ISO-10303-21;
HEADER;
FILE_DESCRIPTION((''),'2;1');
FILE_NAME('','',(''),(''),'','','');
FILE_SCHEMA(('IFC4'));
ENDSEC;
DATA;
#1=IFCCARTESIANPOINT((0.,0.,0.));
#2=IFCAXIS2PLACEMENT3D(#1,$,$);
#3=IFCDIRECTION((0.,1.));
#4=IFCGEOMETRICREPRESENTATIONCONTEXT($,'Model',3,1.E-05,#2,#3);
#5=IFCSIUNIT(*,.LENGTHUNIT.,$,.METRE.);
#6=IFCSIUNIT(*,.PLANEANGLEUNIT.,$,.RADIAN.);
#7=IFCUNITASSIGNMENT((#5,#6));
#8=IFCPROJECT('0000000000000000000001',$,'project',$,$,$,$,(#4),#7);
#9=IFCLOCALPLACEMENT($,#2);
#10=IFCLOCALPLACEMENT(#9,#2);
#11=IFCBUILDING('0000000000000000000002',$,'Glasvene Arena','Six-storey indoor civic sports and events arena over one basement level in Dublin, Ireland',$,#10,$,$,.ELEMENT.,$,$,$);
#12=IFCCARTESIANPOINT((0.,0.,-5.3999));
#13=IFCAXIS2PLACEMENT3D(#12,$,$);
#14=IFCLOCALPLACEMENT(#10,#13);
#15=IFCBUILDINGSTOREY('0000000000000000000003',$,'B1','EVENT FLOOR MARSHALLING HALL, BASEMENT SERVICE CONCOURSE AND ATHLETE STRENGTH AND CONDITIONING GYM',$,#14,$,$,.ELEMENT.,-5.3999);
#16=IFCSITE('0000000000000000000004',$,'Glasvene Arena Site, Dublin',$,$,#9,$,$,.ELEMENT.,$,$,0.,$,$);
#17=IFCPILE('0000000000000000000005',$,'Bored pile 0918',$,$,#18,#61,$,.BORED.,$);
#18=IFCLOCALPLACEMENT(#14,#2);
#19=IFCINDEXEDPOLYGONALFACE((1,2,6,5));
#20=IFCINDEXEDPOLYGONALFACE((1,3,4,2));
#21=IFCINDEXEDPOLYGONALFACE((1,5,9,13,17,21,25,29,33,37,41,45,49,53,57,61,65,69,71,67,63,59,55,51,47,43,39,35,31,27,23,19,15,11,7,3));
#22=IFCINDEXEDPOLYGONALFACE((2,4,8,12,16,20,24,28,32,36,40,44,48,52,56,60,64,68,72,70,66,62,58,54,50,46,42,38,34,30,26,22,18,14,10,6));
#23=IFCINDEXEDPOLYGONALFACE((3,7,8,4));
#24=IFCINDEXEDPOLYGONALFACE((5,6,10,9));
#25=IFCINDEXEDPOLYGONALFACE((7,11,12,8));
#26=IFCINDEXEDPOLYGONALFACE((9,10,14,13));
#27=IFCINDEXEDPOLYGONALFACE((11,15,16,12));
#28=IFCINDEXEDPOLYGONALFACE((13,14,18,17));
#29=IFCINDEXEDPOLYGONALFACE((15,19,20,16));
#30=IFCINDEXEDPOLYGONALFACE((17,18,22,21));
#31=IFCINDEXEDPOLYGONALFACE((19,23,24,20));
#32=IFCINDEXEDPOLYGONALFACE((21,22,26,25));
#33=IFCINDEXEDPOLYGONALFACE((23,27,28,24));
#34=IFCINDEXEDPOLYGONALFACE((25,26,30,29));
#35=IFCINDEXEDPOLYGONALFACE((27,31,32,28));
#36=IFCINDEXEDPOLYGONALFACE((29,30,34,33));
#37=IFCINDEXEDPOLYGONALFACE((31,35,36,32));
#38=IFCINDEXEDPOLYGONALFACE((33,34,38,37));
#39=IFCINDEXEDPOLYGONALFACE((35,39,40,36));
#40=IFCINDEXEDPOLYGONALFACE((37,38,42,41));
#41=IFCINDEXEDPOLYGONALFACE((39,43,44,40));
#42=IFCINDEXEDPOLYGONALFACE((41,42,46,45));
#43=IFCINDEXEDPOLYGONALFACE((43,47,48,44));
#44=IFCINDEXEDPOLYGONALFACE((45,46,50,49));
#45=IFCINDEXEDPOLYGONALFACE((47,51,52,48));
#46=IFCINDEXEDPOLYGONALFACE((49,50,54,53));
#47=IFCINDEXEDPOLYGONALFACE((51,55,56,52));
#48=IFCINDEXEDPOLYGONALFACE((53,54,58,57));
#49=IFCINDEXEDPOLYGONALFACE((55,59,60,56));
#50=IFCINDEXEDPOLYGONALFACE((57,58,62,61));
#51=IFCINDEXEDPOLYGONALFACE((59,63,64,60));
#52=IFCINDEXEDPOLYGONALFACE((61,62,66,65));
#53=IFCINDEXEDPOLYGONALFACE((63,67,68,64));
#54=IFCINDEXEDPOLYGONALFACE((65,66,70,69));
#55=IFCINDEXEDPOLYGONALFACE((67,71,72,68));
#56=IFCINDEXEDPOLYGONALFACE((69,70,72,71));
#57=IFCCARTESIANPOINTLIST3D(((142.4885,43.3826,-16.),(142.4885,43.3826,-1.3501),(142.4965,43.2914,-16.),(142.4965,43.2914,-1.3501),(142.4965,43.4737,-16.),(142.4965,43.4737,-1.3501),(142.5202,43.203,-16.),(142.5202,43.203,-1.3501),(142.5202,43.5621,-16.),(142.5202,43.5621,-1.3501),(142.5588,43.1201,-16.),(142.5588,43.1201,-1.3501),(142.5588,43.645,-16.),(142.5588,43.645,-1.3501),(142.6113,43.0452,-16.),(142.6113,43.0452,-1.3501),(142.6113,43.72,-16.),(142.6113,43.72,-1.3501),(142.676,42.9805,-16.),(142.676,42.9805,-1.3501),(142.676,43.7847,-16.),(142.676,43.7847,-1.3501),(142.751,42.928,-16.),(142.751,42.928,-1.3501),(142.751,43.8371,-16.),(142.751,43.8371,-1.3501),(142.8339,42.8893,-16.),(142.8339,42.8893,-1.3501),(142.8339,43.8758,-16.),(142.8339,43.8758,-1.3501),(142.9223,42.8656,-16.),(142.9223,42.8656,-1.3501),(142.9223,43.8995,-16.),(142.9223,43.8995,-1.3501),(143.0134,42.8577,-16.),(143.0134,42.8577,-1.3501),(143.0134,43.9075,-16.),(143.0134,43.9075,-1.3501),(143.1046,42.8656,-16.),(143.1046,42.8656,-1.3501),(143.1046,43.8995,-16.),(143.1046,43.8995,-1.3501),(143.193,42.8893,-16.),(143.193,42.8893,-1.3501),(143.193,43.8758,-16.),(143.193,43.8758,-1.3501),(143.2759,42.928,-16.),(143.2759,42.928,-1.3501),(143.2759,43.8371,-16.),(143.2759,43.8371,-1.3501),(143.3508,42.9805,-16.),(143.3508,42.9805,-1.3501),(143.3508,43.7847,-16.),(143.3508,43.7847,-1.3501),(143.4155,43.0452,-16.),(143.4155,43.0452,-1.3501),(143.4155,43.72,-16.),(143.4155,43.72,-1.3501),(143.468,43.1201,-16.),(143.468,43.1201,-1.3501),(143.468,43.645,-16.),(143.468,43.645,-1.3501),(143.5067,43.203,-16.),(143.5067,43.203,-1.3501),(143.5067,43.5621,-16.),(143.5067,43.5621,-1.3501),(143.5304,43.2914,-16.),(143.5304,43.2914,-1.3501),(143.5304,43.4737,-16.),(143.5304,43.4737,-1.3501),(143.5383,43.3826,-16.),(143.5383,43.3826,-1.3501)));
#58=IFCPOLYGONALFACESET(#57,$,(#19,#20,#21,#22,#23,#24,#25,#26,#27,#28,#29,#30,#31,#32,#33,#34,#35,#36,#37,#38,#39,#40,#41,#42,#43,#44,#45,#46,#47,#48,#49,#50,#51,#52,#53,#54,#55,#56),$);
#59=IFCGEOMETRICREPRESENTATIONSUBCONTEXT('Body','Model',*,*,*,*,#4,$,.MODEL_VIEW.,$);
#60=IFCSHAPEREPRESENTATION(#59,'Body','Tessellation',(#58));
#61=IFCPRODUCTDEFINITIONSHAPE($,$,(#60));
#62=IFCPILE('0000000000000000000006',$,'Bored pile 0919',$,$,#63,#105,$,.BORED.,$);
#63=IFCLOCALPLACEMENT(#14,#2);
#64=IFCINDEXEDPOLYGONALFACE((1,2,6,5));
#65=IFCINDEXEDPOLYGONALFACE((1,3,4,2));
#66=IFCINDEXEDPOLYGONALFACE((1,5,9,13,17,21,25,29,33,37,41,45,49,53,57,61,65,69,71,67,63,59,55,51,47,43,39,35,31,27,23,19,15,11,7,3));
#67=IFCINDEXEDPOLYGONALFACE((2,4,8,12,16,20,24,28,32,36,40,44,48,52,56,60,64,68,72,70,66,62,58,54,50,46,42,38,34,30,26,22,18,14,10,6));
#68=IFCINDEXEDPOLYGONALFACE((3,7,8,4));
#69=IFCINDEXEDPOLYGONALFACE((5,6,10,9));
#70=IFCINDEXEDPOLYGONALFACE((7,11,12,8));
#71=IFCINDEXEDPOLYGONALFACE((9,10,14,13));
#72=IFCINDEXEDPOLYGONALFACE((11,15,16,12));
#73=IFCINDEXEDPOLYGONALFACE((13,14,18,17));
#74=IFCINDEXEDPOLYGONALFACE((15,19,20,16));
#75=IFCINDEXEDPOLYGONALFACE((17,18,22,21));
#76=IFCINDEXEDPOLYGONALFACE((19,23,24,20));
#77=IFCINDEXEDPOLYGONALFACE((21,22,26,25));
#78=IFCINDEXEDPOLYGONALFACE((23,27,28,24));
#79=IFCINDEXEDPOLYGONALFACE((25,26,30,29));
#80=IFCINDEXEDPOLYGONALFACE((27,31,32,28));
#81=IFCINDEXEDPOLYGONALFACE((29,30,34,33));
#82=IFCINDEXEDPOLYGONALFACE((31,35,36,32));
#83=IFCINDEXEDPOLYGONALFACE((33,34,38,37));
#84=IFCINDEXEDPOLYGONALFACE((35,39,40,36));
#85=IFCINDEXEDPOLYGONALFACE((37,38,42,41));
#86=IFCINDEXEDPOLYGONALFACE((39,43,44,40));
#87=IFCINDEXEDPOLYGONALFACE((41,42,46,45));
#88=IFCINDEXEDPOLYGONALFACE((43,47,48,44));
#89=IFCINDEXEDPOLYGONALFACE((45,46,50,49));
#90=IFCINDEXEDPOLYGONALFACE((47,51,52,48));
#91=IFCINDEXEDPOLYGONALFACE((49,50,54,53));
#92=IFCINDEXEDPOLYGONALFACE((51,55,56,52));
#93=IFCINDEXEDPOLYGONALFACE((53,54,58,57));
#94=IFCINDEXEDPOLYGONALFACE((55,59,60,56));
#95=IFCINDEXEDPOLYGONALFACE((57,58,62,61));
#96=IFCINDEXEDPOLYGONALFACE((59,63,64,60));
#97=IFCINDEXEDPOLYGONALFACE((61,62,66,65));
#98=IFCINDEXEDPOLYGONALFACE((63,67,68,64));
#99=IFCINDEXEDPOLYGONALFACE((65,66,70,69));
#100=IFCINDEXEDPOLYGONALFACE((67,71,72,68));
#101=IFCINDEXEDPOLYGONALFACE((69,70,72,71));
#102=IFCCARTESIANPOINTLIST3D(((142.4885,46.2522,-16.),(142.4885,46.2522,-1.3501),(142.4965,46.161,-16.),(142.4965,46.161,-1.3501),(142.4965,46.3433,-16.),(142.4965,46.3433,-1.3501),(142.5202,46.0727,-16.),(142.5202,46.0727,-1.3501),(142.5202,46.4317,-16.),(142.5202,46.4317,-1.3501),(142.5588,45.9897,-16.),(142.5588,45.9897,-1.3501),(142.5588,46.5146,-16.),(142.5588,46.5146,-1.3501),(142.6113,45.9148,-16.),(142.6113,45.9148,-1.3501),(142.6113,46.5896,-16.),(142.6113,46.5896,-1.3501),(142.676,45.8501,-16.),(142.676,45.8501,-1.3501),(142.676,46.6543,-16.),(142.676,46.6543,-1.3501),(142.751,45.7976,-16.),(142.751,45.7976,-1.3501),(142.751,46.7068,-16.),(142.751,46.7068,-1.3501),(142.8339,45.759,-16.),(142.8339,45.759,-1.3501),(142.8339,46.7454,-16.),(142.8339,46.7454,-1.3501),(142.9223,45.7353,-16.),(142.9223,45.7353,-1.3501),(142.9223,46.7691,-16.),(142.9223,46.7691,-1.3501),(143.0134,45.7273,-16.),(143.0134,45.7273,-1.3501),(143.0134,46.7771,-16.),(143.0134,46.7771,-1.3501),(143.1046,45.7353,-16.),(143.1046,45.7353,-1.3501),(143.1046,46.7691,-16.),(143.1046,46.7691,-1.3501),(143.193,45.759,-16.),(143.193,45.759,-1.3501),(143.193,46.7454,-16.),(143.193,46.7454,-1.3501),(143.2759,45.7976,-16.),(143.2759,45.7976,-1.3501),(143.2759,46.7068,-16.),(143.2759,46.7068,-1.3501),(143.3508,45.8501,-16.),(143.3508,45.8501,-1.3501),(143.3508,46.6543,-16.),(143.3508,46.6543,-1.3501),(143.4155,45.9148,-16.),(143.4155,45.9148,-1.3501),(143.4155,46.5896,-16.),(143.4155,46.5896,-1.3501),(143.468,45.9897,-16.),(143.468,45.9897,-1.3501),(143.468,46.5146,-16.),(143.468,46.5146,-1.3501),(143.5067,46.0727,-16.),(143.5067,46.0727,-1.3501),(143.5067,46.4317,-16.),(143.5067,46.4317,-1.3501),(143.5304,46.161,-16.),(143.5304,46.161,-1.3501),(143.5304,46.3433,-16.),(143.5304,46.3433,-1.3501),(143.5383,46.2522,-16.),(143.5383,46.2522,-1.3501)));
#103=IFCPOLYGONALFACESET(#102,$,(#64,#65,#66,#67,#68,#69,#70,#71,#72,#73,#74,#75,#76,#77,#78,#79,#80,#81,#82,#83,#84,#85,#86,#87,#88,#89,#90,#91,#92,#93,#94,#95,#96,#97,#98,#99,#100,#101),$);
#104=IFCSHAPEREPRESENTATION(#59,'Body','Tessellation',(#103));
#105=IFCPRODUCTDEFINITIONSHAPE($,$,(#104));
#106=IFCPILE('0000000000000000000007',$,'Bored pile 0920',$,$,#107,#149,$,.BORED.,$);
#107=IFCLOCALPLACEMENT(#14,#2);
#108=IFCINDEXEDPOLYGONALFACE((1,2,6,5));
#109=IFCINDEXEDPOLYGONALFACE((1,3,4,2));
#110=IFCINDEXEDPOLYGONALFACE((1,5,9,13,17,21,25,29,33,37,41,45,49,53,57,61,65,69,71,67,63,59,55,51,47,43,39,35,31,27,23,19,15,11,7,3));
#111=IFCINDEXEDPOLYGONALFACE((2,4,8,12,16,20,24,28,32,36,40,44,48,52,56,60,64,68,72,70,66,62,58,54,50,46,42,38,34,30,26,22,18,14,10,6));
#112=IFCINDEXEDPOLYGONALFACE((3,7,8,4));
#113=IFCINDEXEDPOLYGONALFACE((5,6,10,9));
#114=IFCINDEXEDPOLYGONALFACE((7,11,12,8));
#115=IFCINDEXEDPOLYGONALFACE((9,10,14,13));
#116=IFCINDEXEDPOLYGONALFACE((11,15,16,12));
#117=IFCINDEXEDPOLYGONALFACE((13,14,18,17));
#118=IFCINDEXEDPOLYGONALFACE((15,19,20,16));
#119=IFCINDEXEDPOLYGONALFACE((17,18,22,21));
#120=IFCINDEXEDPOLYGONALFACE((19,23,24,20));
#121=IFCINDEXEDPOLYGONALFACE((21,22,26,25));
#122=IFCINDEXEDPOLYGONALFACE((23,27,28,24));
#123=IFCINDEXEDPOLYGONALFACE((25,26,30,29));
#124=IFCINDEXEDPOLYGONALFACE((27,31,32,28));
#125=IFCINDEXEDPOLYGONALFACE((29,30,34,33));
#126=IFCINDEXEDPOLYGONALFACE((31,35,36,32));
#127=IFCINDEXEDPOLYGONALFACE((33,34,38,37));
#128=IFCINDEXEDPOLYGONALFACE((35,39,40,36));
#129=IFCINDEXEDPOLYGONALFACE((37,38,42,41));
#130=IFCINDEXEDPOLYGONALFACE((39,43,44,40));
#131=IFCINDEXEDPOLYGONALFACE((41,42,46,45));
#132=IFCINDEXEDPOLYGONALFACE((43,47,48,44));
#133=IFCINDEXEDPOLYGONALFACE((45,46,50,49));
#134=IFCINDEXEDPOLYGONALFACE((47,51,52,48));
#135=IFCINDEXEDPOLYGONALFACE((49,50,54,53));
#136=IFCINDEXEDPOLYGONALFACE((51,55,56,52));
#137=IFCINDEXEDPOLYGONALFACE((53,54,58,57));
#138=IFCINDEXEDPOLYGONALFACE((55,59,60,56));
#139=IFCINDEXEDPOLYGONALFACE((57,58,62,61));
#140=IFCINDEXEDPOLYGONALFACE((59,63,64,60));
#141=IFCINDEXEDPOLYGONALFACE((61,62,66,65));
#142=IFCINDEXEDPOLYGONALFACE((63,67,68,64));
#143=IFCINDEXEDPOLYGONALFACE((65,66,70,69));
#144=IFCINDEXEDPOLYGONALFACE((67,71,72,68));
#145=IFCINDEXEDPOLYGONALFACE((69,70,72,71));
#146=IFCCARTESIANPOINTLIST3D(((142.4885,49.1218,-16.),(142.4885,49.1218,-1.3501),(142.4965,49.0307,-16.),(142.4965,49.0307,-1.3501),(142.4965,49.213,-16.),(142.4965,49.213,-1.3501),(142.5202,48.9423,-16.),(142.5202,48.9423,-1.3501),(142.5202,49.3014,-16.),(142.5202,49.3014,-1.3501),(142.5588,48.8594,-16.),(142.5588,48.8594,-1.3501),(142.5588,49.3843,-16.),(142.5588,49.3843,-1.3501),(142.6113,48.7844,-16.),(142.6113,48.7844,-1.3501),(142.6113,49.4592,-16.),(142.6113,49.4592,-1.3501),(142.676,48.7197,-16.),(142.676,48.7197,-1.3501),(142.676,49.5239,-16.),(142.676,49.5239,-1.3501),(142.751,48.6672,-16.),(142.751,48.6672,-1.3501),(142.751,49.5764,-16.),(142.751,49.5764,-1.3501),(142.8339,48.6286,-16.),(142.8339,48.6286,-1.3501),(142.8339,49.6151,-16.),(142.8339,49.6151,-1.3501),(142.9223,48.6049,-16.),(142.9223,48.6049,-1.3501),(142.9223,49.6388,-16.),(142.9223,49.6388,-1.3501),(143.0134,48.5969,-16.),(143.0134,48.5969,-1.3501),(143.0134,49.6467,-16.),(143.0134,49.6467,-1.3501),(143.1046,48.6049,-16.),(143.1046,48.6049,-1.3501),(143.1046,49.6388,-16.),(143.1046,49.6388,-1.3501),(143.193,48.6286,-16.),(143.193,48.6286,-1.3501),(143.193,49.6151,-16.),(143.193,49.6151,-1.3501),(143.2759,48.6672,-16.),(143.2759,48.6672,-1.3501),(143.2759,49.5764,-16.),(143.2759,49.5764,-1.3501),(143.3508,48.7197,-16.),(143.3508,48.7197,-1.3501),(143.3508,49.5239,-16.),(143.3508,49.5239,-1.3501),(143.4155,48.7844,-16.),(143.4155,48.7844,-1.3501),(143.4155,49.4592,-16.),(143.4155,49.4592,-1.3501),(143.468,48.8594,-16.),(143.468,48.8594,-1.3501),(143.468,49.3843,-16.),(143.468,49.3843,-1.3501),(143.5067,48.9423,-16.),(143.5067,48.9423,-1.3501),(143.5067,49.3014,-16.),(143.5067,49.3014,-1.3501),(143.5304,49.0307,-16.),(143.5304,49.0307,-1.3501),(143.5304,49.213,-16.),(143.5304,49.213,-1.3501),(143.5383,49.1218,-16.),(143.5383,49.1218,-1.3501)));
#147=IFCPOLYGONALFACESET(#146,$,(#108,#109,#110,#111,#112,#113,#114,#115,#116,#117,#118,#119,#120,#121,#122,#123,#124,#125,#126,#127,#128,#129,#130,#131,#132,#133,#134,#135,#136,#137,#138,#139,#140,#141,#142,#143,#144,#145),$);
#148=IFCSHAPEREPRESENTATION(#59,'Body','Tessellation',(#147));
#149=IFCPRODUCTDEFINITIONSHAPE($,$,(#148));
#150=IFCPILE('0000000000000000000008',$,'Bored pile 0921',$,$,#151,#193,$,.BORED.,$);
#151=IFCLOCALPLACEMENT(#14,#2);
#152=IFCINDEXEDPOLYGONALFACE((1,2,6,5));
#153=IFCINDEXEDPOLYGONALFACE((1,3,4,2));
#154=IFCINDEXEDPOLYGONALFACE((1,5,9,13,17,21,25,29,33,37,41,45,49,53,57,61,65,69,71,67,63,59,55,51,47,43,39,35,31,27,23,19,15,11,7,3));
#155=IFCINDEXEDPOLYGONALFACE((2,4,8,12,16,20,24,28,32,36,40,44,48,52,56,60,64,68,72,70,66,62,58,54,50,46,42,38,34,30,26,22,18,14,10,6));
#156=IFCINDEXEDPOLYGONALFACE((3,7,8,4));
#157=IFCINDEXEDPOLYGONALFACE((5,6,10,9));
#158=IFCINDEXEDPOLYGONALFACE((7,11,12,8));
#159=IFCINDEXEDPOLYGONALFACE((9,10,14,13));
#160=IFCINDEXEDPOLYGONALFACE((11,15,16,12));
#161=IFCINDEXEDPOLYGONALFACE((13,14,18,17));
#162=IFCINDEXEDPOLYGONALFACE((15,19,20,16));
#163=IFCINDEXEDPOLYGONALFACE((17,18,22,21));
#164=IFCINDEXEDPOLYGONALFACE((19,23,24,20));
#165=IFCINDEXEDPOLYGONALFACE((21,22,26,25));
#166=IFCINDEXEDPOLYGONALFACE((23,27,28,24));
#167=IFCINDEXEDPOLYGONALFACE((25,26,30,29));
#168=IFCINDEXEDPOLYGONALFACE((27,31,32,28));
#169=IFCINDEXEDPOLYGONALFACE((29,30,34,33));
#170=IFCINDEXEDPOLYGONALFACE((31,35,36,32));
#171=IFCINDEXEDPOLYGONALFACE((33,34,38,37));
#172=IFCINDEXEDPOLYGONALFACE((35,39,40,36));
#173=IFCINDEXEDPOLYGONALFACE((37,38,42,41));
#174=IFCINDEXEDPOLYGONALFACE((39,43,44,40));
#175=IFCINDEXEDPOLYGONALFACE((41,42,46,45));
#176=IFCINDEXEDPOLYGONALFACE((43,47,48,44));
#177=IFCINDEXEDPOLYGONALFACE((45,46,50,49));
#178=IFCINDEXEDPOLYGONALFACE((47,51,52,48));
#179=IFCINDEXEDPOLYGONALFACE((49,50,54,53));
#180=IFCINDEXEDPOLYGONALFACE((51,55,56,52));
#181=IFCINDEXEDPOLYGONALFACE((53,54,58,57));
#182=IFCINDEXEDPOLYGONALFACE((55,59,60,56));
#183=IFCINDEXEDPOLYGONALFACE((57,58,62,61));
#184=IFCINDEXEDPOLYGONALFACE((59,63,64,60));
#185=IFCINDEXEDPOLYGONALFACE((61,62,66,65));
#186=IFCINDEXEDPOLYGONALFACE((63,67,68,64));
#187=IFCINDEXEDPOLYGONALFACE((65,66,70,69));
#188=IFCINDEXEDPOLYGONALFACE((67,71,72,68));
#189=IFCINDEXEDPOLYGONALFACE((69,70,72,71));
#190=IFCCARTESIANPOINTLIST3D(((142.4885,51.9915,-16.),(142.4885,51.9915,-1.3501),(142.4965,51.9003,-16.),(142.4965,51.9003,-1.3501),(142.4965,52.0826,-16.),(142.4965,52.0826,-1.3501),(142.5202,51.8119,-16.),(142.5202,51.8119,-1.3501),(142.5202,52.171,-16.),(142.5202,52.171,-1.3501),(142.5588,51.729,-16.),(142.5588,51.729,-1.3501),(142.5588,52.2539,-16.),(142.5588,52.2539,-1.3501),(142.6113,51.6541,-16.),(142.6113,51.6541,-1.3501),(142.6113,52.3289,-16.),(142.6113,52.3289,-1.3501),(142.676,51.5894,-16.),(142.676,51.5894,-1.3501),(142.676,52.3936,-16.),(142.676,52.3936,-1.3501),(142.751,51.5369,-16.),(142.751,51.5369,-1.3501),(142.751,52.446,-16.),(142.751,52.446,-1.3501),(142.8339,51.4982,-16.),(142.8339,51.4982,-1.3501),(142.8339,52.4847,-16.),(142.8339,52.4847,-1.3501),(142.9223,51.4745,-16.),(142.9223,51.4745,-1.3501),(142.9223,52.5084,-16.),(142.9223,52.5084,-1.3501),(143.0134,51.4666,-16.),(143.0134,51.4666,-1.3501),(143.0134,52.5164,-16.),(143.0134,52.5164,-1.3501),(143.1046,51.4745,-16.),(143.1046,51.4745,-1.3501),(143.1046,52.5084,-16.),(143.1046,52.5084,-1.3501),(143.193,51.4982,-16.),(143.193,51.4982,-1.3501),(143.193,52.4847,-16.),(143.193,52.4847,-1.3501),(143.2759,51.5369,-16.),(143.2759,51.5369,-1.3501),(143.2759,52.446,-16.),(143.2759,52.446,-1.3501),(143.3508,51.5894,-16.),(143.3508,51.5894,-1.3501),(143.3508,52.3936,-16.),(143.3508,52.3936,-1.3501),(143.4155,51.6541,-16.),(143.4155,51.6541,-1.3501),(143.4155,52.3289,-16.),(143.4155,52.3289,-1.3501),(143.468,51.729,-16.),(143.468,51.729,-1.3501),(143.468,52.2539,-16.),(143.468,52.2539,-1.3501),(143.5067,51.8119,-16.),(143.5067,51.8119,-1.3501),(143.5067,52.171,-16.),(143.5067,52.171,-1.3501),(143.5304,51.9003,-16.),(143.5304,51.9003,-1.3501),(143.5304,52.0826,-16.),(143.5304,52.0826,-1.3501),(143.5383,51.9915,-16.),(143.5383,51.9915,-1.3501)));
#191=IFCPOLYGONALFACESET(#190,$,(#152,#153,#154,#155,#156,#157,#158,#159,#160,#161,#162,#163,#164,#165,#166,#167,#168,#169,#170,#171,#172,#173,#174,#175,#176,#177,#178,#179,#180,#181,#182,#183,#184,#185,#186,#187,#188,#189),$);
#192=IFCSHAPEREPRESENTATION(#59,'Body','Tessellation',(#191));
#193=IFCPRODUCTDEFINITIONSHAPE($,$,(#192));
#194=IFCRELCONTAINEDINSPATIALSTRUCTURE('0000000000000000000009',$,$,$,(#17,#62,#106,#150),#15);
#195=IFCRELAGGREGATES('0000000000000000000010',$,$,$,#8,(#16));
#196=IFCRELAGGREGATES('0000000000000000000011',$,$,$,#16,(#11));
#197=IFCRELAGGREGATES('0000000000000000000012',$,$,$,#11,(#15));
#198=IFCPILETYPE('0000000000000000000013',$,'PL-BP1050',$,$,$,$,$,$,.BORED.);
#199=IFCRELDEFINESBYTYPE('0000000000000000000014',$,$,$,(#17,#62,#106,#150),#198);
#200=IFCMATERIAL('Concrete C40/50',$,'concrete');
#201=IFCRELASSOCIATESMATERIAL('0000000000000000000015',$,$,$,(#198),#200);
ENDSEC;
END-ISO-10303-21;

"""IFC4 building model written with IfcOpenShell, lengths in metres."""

from ifc_helpers import new_model, si_unit, direction, frame, origin, origin_2d, place, context, subcontext, project, spatial, circle, extrude, material, material_profile, profile_set, type_object, element, save


model = new_model("IFC4")

# Units and contexts
model_context = context("Model", 3, precision=1e-05, world=origin(), true_north=direction((0.0, 1.0)))
body_context = subcontext(model_context, "Body", "Model", "MODEL_VIEW")
ifc_project = project(units=[si_unit("LENGTHUNIT", "METRE"), si_unit("PLANEANGLEUNIT", "RADIAN")], contexts=[model_context])

# Site, building, storey
site_placement = place(None, origin())
site = spatial("IfcSite", under=ifc_project, at=site_placement, Name="Glasvene Arena Site, Dublin", CompositionType="ELEMENT", RefElevation=0.0)
building_placement = place(site_placement, origin())
building = spatial("IfcBuilding", under=site, at=building_placement, Name="Glasvene Arena", Description="Six-storey indoor civic sports and events arena over one basement level in Dublin, Ireland", CompositionType="ELEMENT")
storey_placement = place(building_placement, frame((0.0, 0.0, -5.3999)))
storey = spatial("IfcBuildingStorey", under=building, at=storey_placement, Name="B1", Description="EVENT FLOOR MARSHALLING HALL, BASEMENT SERVICE CONCOURSE AND ATHLETE STRENGTH AND CONDITIONING GYM", CompositionType="ELEMENT", Elevation=-5.3999)

# Piles
ifc_material_1 = material(Name="Concrete C40/50", Category="concrete")
ifc_material_profile_1 = material_profile(ifc_material_1, circle(Radius=0.5249, at=origin_2d()), Name="BORED PILE 1050")
ifc_profile_set_1 = profile_set([ifc_material_profile_1], Name="Concrete C40/50")
pile_type = type_object("IfcPileType", Name="PL-BP1050", PredefinedType="BORED", material=ifc_profile_set_1)
for number, where, z_axis, x_axis, name in (
    (1, (143.0134, 43.3826, -1.3501), (0.0, 0.0, -1.0), (1.0, 0.0, 0.0), "Bored pile 0918"),
    (2, (143.0134, 46.2522, -1.3501), (0.0, 0.0, -1.0), (1.0, 0.0, 0.0), "Bored pile 0919"),
    (3, (143.0134, 49.1218, -1.3501), (0.0, 0.0, -1.0), (1.0, 0.0, 0.0), "Bored pile 0920"),
    (4, (143.0134, 51.9915, -1.3501), (0.0, 0.0, -1.0), (1.0, 0.0, 0.0), "Bored pile 0921"),
):
    element("IfcPile", number, at=place(storey_placement, frame(where, z_axis=z_axis, x_axis=x_axis)), inside=storey, type_object=pile_type, Name=name, PredefinedType="BORED", context=body_context, shape_type="SweptSolid", body=[
        extrude(circle(Radius=0.5249, at=origin_2d()), origin(), (0.0, 0.0, 1.0), 14.6499),
    ])

save(model, "model.ifc")
